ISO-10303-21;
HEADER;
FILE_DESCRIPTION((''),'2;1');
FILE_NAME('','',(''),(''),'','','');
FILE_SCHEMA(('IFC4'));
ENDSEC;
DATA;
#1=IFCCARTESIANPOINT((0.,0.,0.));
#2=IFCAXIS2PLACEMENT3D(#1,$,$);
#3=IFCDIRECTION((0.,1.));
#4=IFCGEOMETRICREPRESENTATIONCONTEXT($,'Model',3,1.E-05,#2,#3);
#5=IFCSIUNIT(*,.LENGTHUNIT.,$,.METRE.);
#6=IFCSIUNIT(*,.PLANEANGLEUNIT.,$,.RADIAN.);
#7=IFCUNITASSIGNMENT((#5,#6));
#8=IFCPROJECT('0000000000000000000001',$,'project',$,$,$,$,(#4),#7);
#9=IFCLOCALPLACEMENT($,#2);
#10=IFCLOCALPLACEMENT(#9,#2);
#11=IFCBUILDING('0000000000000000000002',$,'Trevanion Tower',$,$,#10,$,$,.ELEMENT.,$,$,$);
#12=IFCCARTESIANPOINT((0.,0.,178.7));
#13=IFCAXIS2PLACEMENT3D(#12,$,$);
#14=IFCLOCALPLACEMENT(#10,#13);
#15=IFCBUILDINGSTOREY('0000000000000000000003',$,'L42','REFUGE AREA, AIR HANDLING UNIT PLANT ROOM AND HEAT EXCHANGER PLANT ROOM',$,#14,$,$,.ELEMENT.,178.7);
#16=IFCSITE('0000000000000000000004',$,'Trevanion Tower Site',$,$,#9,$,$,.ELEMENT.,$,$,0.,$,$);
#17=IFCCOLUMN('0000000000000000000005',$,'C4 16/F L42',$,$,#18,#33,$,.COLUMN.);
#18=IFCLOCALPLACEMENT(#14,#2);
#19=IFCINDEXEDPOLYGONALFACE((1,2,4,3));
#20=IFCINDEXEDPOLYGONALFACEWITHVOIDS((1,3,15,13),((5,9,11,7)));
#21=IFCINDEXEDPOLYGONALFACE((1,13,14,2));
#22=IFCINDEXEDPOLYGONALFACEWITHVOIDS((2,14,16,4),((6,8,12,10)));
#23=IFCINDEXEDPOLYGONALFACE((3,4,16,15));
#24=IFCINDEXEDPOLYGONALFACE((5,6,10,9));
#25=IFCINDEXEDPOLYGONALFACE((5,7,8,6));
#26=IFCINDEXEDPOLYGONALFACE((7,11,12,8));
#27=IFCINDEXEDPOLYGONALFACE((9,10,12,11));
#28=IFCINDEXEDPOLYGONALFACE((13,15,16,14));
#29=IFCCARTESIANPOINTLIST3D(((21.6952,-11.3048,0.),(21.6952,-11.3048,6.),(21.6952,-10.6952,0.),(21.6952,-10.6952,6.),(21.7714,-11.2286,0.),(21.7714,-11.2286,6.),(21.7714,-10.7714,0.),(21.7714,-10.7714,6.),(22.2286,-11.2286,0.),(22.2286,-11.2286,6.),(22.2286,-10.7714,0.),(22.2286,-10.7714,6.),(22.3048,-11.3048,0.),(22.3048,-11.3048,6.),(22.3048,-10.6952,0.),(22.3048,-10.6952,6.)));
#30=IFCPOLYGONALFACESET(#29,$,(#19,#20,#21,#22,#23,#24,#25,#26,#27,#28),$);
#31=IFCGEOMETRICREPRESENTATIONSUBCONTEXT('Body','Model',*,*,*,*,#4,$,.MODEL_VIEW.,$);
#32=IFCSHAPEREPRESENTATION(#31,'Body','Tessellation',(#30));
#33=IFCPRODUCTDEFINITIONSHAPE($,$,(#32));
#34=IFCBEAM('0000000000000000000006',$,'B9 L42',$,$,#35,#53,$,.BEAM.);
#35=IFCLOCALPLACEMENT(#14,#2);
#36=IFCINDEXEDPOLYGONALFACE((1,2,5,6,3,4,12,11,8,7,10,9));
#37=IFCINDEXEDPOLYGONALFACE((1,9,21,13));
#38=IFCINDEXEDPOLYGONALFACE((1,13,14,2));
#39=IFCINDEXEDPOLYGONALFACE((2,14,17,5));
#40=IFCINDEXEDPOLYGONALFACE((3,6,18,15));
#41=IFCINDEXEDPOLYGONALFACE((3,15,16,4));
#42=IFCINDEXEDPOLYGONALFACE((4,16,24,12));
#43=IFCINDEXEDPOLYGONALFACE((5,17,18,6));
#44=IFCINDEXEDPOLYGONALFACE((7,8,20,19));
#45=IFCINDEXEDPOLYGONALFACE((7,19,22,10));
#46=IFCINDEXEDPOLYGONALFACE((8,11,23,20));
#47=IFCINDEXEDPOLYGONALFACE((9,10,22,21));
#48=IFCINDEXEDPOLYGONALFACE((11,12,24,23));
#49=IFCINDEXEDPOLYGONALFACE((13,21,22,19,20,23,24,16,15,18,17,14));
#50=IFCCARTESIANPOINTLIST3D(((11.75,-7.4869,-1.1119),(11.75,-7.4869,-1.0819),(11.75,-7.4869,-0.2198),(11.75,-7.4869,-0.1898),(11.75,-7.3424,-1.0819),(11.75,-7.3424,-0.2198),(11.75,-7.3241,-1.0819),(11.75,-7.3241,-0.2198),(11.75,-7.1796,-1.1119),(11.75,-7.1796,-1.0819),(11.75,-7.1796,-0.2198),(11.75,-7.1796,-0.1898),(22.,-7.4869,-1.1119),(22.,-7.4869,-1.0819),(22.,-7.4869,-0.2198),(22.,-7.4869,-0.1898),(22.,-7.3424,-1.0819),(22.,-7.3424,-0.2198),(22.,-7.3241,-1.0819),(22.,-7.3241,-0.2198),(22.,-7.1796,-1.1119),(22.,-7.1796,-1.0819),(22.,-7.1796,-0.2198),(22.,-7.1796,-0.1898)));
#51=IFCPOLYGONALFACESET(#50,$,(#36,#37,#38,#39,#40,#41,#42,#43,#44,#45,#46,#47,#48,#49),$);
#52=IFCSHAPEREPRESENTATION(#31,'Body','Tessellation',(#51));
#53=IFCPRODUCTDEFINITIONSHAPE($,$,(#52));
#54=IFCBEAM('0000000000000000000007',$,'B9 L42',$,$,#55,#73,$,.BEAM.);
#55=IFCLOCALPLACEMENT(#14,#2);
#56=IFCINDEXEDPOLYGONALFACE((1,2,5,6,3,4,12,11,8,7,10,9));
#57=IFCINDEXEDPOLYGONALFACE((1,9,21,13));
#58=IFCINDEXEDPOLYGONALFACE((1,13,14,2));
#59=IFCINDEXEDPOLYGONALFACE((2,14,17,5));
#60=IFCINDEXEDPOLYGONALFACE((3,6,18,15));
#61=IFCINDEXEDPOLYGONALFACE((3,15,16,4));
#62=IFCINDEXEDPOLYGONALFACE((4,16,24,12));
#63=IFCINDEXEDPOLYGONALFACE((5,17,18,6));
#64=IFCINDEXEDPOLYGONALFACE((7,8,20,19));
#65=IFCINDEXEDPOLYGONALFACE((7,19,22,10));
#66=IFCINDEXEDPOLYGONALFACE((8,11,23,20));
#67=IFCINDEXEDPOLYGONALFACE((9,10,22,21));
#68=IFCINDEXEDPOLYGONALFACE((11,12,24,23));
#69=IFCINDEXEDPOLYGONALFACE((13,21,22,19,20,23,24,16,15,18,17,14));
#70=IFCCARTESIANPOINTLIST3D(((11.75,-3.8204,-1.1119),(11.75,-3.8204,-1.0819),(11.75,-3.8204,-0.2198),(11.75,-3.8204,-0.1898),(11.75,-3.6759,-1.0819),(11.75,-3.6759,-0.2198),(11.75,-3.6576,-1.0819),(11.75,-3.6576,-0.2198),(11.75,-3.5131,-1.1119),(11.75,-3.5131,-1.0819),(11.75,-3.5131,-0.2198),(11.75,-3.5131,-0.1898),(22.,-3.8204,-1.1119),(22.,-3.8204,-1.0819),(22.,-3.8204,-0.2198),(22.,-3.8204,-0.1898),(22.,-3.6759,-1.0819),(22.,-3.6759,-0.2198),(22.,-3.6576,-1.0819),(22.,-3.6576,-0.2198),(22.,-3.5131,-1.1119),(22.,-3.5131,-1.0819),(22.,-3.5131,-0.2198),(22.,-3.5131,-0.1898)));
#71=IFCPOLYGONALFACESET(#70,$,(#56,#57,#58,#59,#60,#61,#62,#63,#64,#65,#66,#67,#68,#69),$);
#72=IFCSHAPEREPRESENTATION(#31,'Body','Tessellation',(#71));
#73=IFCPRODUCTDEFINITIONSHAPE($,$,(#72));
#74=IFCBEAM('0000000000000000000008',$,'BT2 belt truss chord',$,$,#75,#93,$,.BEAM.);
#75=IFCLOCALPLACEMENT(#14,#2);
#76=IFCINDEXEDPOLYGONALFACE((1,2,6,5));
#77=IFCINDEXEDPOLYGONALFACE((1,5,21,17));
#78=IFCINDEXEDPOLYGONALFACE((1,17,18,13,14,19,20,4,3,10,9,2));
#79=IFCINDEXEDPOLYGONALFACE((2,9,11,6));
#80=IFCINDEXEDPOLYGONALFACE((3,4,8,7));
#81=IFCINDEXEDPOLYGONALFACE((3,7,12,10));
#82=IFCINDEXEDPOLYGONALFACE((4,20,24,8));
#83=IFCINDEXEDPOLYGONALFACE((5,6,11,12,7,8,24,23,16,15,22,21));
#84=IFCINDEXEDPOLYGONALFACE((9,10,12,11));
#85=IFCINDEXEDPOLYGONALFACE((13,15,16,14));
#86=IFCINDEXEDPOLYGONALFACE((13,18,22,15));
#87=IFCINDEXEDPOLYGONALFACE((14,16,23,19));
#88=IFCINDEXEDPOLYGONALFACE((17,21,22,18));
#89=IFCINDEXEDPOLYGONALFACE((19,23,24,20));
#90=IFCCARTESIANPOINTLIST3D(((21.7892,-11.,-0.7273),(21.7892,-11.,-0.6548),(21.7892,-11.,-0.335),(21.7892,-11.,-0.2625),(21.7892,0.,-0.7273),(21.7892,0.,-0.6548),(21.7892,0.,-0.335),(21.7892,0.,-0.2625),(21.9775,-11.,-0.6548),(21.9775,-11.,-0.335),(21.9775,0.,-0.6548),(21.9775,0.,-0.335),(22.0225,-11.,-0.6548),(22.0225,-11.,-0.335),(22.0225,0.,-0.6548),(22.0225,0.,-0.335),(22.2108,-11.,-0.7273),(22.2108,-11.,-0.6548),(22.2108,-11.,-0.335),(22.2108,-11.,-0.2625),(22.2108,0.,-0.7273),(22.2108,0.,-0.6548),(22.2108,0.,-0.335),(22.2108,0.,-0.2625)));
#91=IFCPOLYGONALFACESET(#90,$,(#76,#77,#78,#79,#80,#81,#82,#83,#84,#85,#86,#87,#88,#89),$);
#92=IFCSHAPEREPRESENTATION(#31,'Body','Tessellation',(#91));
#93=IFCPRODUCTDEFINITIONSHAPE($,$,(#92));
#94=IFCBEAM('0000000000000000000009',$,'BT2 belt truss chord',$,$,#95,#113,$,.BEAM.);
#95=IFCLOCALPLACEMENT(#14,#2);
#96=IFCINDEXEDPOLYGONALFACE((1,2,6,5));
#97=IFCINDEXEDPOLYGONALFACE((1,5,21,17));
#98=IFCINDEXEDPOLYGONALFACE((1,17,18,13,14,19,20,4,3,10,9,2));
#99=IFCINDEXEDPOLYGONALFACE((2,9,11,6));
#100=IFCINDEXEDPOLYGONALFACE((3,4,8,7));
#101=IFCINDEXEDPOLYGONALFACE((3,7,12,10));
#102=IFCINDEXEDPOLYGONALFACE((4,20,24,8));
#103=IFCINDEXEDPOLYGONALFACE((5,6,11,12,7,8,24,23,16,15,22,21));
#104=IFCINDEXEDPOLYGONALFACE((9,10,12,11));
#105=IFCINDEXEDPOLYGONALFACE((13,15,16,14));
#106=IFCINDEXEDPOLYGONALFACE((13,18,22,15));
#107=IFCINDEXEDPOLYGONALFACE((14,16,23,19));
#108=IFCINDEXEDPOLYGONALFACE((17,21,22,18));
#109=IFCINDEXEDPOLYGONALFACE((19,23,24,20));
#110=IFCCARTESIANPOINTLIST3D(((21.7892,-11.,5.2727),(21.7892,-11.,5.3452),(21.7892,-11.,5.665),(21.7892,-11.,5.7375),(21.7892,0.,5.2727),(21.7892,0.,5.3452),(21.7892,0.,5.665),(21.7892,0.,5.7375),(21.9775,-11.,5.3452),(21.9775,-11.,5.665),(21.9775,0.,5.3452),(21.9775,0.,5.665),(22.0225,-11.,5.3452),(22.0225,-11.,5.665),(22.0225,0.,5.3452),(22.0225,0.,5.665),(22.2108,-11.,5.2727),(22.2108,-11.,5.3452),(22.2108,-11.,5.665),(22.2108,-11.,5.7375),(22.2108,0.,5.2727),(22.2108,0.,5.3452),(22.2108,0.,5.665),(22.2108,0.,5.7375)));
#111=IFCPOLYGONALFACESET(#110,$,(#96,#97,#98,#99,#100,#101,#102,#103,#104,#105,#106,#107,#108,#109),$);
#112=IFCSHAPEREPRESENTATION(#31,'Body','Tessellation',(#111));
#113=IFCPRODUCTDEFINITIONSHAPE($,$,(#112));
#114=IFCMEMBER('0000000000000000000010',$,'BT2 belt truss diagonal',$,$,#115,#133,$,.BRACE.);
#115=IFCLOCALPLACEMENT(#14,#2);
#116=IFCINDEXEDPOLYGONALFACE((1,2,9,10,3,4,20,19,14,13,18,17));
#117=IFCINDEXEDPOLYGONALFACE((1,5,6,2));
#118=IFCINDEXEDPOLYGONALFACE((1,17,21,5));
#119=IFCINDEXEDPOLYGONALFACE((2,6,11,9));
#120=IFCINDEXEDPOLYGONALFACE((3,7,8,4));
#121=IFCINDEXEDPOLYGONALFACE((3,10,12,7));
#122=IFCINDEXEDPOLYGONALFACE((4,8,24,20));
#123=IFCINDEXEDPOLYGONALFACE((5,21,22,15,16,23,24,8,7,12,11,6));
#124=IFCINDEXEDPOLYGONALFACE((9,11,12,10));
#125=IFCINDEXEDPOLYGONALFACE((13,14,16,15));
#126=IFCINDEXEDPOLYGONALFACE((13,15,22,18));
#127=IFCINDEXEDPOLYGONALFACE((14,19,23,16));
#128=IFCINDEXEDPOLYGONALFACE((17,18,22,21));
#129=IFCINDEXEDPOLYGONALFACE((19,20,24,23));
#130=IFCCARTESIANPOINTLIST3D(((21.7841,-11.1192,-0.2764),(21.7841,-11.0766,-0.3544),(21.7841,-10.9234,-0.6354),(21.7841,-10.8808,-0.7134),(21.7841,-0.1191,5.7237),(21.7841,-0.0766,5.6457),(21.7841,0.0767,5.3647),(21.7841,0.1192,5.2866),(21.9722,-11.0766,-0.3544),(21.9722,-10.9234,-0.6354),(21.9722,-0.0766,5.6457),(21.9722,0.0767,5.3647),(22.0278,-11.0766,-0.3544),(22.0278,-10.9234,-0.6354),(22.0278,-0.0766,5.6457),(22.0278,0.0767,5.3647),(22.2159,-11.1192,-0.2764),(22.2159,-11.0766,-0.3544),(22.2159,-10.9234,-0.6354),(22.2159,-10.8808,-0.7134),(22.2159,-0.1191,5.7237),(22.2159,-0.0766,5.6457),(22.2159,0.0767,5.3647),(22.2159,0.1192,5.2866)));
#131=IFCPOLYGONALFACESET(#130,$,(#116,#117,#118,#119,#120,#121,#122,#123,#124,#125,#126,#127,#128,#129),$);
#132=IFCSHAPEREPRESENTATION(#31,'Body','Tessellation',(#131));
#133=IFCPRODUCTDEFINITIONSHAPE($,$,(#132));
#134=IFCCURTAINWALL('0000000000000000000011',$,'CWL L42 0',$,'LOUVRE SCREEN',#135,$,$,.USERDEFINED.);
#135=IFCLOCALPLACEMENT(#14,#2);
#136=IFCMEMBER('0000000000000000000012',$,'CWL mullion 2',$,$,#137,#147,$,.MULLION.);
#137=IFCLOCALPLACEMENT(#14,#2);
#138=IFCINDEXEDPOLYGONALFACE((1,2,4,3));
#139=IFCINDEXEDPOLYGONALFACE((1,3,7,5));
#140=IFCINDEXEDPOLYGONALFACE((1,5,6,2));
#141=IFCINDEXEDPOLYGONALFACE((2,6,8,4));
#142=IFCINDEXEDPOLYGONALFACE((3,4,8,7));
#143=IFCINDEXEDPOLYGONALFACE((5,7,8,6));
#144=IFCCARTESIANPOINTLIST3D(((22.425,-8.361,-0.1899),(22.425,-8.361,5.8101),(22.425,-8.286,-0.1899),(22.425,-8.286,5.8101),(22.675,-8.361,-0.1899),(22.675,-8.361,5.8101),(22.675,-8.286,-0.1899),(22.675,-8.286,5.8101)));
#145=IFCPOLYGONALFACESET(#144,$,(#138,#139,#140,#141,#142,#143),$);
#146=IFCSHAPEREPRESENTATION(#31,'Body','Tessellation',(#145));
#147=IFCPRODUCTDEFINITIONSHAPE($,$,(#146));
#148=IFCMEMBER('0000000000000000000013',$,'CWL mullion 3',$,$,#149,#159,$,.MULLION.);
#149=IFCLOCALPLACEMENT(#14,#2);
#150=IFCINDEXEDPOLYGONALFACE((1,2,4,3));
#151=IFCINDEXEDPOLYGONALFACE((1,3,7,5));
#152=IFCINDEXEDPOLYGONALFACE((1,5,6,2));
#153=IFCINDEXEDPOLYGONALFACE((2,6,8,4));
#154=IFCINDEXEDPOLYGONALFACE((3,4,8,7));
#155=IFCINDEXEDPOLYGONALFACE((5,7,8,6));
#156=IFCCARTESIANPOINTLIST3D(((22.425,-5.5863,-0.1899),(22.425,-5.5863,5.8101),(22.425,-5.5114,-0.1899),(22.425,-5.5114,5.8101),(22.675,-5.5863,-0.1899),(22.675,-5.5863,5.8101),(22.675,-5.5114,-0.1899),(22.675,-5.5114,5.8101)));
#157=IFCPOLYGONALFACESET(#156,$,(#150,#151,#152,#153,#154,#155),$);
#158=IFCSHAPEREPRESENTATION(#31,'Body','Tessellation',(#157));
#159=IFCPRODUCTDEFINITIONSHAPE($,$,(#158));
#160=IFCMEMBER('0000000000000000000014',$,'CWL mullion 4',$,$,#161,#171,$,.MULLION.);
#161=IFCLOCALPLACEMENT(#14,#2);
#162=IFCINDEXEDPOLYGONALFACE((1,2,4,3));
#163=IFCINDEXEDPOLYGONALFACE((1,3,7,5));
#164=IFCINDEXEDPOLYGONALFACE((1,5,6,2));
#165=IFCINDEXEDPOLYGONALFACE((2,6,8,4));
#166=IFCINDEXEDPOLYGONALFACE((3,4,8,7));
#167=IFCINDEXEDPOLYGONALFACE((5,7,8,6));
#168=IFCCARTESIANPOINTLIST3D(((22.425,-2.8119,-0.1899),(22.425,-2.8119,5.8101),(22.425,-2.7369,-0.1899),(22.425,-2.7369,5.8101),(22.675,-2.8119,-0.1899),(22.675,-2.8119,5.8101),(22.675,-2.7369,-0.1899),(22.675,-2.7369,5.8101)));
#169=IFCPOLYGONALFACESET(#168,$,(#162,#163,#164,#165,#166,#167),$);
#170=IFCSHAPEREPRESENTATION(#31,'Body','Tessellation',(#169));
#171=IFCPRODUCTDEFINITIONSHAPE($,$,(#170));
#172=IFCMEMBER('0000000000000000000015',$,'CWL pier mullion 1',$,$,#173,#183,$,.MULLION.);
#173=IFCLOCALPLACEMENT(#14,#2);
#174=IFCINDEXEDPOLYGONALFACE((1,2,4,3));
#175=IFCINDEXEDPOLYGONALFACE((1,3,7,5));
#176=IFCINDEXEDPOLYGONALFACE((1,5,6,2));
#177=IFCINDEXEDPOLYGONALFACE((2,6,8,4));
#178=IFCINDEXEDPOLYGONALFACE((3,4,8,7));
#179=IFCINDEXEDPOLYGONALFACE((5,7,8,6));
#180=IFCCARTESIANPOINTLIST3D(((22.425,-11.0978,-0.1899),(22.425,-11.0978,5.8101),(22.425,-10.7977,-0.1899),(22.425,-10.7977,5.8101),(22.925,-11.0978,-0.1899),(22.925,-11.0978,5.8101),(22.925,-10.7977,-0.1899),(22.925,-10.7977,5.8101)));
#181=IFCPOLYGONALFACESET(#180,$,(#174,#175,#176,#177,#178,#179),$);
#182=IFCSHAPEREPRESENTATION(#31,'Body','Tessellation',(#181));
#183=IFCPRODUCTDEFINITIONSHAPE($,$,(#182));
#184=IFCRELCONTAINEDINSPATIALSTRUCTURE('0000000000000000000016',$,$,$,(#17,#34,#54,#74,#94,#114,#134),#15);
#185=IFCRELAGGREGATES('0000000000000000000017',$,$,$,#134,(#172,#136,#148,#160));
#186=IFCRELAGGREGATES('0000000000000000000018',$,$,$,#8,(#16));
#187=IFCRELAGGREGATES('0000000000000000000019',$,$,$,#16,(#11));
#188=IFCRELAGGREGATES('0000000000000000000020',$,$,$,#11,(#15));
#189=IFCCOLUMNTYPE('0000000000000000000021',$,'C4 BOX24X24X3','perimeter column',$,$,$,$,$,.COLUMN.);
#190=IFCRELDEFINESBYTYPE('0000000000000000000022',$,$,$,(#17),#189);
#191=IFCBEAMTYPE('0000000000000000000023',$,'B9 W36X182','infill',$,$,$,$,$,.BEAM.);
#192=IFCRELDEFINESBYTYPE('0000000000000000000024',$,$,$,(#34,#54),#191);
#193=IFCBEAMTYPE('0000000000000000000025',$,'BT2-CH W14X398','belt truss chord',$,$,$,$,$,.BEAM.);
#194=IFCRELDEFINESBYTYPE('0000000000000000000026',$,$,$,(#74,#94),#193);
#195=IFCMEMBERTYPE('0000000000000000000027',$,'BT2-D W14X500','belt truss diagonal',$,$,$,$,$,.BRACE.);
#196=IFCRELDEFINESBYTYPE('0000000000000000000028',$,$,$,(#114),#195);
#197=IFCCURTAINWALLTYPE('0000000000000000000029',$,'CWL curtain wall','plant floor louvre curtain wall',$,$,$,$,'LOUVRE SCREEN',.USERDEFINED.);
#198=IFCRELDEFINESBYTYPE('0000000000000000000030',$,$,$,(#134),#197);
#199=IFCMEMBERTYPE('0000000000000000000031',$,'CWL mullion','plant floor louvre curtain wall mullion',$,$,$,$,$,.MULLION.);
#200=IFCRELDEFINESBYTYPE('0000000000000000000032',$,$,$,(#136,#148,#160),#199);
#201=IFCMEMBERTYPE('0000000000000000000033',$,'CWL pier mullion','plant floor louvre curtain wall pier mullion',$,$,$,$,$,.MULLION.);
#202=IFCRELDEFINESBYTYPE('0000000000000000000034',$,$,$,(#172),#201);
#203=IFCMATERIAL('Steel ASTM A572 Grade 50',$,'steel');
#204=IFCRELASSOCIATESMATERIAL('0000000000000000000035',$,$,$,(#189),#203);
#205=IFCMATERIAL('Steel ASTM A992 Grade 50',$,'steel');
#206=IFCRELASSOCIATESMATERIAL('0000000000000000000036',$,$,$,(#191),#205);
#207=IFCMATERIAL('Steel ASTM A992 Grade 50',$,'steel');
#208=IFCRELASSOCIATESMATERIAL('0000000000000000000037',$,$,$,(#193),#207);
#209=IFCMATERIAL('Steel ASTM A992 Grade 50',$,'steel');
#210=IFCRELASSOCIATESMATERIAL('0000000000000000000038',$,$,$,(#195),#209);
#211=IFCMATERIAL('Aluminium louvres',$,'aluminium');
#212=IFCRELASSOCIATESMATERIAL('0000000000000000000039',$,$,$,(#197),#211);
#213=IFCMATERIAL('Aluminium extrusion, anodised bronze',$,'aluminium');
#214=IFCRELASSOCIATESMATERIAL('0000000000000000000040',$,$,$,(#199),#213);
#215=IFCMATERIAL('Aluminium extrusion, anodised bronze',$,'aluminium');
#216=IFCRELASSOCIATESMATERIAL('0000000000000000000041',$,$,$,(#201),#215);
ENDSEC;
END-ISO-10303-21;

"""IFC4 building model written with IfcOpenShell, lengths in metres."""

from ifc_helpers import new_model, si_unit, direction, frame, origin, origin_2d, place, context, subcontext, project, spatial, rectangle, hollow_rectangle, i_section, extrude, material, material_profile, profile_set, type_object, element, aggregate, save


model = new_model("IFC4")

# Units and contexts
model_context = context("Model", 3, precision=1e-05, world=origin(), true_north=direction((0.0, 1.0)))
body_context = subcontext(model_context, "Body", "Model", "MODEL_VIEW")
ifc_project = project(units=[si_unit("LENGTHUNIT", "METRE"), si_unit("PLANEANGLEUNIT", "RADIAN")], contexts=[model_context])

# Site, building, storey
site_placement = place(None, origin())
site = spatial("IfcSite", under=ifc_project, at=site_placement, Name="Trevanion Tower Site", CompositionType="ELEMENT", RefElevation=0.0)
building_placement = place(site_placement, origin())
building = spatial("IfcBuilding", under=site, at=building_placement, Name="Trevanion Tower", CompositionType="ELEMENT")
storey_placement = place(building_placement, frame((0.0, 0.0, 178.7)))
storey = spatial("IfcBuildingStorey", under=building, at=storey_placement, Name="L42", Description="REFUGE AREA, AIR HANDLING UNIT PLANT ROOM AND HEAT EXCHANGER PLANT ROOM", CompositionType="ELEMENT", Elevation=178.7)

# Column
ifc_material_1 = material(Name="Steel ASTM A572 Grade 50", Category="steel")
ifc_material_profile_1 = material_profile(ifc_material_1, hollow_rectangle(XDim=0.6096, YDim=0.6096, WallThickness=0.0762, at=origin_2d()), Name="BOX24X24X3")
ifc_profile_set_1 = profile_set([ifc_material_profile_1], Name="Steel ASTM A572 Grade 50")
column_type = type_object("IfcColumnType", Name="C4 BOX24X24X3", Description="perimeter column", PredefinedType="COLUMN", material=ifc_profile_set_1)
column_placement = place(storey_placement, frame((22.0, -11.0, 0.0), z_axis=(0.0, 0.0, 1.0), x_axis=(0.0, 1.0, 0.0)))
element("IfcColumn", 1, at=column_placement, inside=storey, type_object=column_type, Name="C4 16/F L42", PredefinedType="COLUMN", context=body_context, shape_type="SweptSolid", body=[
    extrude(hollow_rectangle(XDim=0.6096, YDim=0.6096, WallThickness=0.0762, at=origin_2d()), origin(), (0.0, 0.0, 1.0), 6.0),
])

# Beams
ifc_material_2 = material(Name="Steel ASTM A992 Grade 50", Category="steel")
ifc_material_profile_2 = material_profile(ifc_material_2, i_section(OverallWidth=0.3074, OverallDepth=0.9221, WebThickness=0.0183, FlangeThickness=0.03, at=origin_2d()), Name="W36X182")
ifc_profile_set_2 = profile_set([ifc_material_profile_2], Name="Steel ASTM A992 Grade 50")
beam_type_1 = type_object("IfcBeamType", Name="B9 W36X182", Description="infill", PredefinedType="BEAM", material=ifc_profile_set_2)
for number, where, z_axis, x_axis, name in (
    (2, (11.75, -7.3333, -0.6509), (1.0, 0.0, 0.0), (0.0, 1.0, 0.0), "B9 L42"),
    (3, (11.75, -3.6667, -0.6509), (1.0, 0.0, 0.0), (0.0, 1.0, 0.0), "B9 L42"),
):
    element("IfcBeam", number, at=place(storey_placement, frame(where, z_axis=z_axis, x_axis=x_axis)), inside=storey, type_object=beam_type_1, Name=name, PredefinedType="BEAM", context=body_context, shape_type="SweptSolid", body=[
        extrude(i_section(OverallWidth=0.3074, OverallDepth=0.9221, WebThickness=0.0183, FlangeThickness=0.03, at=origin_2d()), origin(), (0.0, 0.0, 1.0), 10.25),
    ])
ifc_material_3 = material(Name="Steel ASTM A992 Grade 50", Category="steel")
ifc_material_profile_3 = material_profile(ifc_material_3, i_section(OverallWidth=0.4216, OverallDepth=0.4648, WebThickness=0.0449, FlangeThickness=0.0725, at=origin_2d()), Name="W14X398")
ifc_profile_set_3 = profile_set([ifc_material_profile_3], Name="Steel ASTM A992 Grade 50")
beam_type_2 = type_object("IfcBeamType", Name="BT2-CH W14X398", Description="belt truss chord", PredefinedType="BEAM", material=ifc_profile_set_3)
for number, where, z_axis, x_axis, name in (
    (4, (22.0, -11.0, -0.4949), (0.0, 1.0, 0.0), (-1.0, 0.0, 0.0), "BT2 belt truss chord"),
    (5, (22.0, -11.0, 5.5051), (0.0, 1.0, 0.0), (-1.0, 0.0, 0.0), "BT2 belt truss chord"),
):
    element("IfcBeam", number, at=place(storey_placement, frame(where, z_axis=z_axis, x_axis=x_axis)), inside=storey, type_object=beam_type_2, Name=name, PredefinedType="BEAM", context=body_context, shape_type="SweptSolid", body=[
        extrude(i_section(OverallWidth=0.4216, OverallDepth=0.4648, WebThickness=0.0449, FlangeThickness=0.0725, at=origin_2d()), origin(), (0.0, 0.0, 1.0), 11.0),
    ])

# Member
ifc_material_4 = material(Name="Steel ASTM A992 Grade 50", Category="steel")
ifc_material_profile_4 = material_profile(ifc_material_4, i_section(OverallWidth=0.4319, OverallDepth=0.4978, WebThickness=0.0557, FlangeThickness=0.0889, at=origin_2d()), Name="W14X500")
ifc_profile_set_4 = profile_set([ifc_material_profile_4], Name="Steel ASTM A992 Grade 50")
member_type_1 = type_object("IfcMemberType", Name="BT2-D W14X500", Description="belt truss diagonal", PredefinedType="BRACE", material=ifc_profile_set_4)
member_1_placement = place(storey_placement, frame((22.0, -11.0, -0.4949), z_axis=(0.0, 0.877896, 0.478852), x_axis=(-1.0, 0.0, 0.0)))
element("IfcMember", 6, at=member_1_placement, inside=storey, type_object=member_type_1, Name="BT2 belt truss diagonal", PredefinedType="BRACE", context=body_context, shape_type="SweptSolid", body=[
    extrude(i_section(OverallWidth=0.4319, OverallDepth=0.4978, WebThickness=0.0557, FlangeThickness=0.0889, at=origin_2d()), origin(), (0.0, 0.0, 1.0), 12.53),
])

# Curtain wall, members
ifc_material_5 = material(Name="Aluminium louvres", Category="aluminium")
curtain_wall_type = type_object("IfcCurtainWallType", Name="CWL curtain wall", Description="plant floor louvre curtain wall", ElementType="LOUVRE SCREEN", PredefinedType="USERDEFINED", material=ifc_material_5)
curtain_wall_placement = place(storey_placement, origin())
curtain_wall = element("IfcCurtainWall", 7, at=curtain_wall_placement, inside=storey, type_object=curtain_wall_type, Name="CWL L42 0", ObjectType="LOUVRE SCREEN", PredefinedType="USERDEFINED")
ifc_material_6 = material(Name="Aluminium extrusion, anodised bronze", Category="aluminium")
ifc_material_profile_5 = material_profile(ifc_material_6, rectangle(XDim=0.075, YDim=0.25, at=origin_2d()), Name="CWL mullion")
ifc_profile_set_5 = profile_set([ifc_material_profile_5], Name="Aluminium extrusion, anodised bronze")
member_type_2 = type_object("IfcMemberType", Name="CWL mullion", Description="plant floor louvre curtain wall mullion", PredefinedType="MULLION", material=ifc_profile_set_5)
member_2_placement = place(storey_placement, frame((22.55, -8.3235, -0.1899), z_axis=(0.0, 0.0, 1.0), x_axis=(0.0, 1.0, 0.0)))
member_2 = element("IfcMember", 8, at=member_2_placement, type_object=member_type_2, Name="CWL mullion 2", PredefinedType="MULLION", context=body_context, shape_type="SweptSolid", body=[
    extrude(rectangle(XDim=0.075, YDim=0.25, at=origin_2d()), origin(), (0.0, 0.0, 1.0), 6.0),
])
member_3_placement = place(storey_placement, frame((22.55, -5.5488, -0.1899), z_axis=(0.0, 0.0, 1.0), x_axis=(0.0, 1.0, 0.0)))
member_3 = element("IfcMember", 9, at=member_3_placement, type_object=member_type_2, Name="CWL mullion 3", PredefinedType="MULLION", context=body_context, shape_type="SweptSolid", body=[
    extrude(rectangle(XDim=0.075, YDim=0.25, at=origin_2d()), origin(), (0.0, 0.0, 1.0), 6.0),
])
member_4_placement = place(storey_placement, frame((22.55, -2.7744, -0.1899), z_axis=(0.0, 0.0, 1.0), x_axis=(0.0, 1.0, 0.0)))
member_4 = element("IfcMember", 10, at=member_4_placement, type_object=member_type_2, Name="CWL mullion 4", PredefinedType="MULLION", context=body_context, shape_type="SweptSolid", body=[
    extrude(rectangle(XDim=0.075, YDim=0.25, at=origin_2d()), origin(), (0.0, 0.0, 1.0), 6.0),
])
ifc_material_7 = material(Name="Aluminium extrusion, anodised bronze", Category="aluminium")
ifc_material_profile_6 = material_profile(ifc_material_7, rectangle(XDim=0.3, YDim=0.5, at=origin_2d()), Name="CWL pier mullion")
ifc_profile_set_6 = profile_set([ifc_material_profile_6], Name="Aluminium extrusion, anodised bronze")
member_type_3 = type_object("IfcMemberType", Name="CWL pier mullion", Description="plant floor louvre curtain wall pier mullion", PredefinedType="MULLION", material=ifc_profile_set_6)
member_5_placement = place(storey_placement, frame((22.675, -10.9478, -0.1899), z_axis=(0.0, 0.0, 1.0), x_axis=(0.0, 1.0, 0.0)))
member_5 = element("IfcMember", 11, at=member_5_placement, type_object=member_type_3, Name="CWL pier mullion 1", PredefinedType="MULLION", context=body_context, shape_type="SweptSolid", body=[
    extrude(rectangle(XDim=0.3, YDim=0.5, at=origin_2d()), origin(), (0.0, 0.0, 1.0), 6.0),
])

aggregate(curtain_wall, [member_5, member_2, member_3, member_4])

save(model, "model.ifc")
